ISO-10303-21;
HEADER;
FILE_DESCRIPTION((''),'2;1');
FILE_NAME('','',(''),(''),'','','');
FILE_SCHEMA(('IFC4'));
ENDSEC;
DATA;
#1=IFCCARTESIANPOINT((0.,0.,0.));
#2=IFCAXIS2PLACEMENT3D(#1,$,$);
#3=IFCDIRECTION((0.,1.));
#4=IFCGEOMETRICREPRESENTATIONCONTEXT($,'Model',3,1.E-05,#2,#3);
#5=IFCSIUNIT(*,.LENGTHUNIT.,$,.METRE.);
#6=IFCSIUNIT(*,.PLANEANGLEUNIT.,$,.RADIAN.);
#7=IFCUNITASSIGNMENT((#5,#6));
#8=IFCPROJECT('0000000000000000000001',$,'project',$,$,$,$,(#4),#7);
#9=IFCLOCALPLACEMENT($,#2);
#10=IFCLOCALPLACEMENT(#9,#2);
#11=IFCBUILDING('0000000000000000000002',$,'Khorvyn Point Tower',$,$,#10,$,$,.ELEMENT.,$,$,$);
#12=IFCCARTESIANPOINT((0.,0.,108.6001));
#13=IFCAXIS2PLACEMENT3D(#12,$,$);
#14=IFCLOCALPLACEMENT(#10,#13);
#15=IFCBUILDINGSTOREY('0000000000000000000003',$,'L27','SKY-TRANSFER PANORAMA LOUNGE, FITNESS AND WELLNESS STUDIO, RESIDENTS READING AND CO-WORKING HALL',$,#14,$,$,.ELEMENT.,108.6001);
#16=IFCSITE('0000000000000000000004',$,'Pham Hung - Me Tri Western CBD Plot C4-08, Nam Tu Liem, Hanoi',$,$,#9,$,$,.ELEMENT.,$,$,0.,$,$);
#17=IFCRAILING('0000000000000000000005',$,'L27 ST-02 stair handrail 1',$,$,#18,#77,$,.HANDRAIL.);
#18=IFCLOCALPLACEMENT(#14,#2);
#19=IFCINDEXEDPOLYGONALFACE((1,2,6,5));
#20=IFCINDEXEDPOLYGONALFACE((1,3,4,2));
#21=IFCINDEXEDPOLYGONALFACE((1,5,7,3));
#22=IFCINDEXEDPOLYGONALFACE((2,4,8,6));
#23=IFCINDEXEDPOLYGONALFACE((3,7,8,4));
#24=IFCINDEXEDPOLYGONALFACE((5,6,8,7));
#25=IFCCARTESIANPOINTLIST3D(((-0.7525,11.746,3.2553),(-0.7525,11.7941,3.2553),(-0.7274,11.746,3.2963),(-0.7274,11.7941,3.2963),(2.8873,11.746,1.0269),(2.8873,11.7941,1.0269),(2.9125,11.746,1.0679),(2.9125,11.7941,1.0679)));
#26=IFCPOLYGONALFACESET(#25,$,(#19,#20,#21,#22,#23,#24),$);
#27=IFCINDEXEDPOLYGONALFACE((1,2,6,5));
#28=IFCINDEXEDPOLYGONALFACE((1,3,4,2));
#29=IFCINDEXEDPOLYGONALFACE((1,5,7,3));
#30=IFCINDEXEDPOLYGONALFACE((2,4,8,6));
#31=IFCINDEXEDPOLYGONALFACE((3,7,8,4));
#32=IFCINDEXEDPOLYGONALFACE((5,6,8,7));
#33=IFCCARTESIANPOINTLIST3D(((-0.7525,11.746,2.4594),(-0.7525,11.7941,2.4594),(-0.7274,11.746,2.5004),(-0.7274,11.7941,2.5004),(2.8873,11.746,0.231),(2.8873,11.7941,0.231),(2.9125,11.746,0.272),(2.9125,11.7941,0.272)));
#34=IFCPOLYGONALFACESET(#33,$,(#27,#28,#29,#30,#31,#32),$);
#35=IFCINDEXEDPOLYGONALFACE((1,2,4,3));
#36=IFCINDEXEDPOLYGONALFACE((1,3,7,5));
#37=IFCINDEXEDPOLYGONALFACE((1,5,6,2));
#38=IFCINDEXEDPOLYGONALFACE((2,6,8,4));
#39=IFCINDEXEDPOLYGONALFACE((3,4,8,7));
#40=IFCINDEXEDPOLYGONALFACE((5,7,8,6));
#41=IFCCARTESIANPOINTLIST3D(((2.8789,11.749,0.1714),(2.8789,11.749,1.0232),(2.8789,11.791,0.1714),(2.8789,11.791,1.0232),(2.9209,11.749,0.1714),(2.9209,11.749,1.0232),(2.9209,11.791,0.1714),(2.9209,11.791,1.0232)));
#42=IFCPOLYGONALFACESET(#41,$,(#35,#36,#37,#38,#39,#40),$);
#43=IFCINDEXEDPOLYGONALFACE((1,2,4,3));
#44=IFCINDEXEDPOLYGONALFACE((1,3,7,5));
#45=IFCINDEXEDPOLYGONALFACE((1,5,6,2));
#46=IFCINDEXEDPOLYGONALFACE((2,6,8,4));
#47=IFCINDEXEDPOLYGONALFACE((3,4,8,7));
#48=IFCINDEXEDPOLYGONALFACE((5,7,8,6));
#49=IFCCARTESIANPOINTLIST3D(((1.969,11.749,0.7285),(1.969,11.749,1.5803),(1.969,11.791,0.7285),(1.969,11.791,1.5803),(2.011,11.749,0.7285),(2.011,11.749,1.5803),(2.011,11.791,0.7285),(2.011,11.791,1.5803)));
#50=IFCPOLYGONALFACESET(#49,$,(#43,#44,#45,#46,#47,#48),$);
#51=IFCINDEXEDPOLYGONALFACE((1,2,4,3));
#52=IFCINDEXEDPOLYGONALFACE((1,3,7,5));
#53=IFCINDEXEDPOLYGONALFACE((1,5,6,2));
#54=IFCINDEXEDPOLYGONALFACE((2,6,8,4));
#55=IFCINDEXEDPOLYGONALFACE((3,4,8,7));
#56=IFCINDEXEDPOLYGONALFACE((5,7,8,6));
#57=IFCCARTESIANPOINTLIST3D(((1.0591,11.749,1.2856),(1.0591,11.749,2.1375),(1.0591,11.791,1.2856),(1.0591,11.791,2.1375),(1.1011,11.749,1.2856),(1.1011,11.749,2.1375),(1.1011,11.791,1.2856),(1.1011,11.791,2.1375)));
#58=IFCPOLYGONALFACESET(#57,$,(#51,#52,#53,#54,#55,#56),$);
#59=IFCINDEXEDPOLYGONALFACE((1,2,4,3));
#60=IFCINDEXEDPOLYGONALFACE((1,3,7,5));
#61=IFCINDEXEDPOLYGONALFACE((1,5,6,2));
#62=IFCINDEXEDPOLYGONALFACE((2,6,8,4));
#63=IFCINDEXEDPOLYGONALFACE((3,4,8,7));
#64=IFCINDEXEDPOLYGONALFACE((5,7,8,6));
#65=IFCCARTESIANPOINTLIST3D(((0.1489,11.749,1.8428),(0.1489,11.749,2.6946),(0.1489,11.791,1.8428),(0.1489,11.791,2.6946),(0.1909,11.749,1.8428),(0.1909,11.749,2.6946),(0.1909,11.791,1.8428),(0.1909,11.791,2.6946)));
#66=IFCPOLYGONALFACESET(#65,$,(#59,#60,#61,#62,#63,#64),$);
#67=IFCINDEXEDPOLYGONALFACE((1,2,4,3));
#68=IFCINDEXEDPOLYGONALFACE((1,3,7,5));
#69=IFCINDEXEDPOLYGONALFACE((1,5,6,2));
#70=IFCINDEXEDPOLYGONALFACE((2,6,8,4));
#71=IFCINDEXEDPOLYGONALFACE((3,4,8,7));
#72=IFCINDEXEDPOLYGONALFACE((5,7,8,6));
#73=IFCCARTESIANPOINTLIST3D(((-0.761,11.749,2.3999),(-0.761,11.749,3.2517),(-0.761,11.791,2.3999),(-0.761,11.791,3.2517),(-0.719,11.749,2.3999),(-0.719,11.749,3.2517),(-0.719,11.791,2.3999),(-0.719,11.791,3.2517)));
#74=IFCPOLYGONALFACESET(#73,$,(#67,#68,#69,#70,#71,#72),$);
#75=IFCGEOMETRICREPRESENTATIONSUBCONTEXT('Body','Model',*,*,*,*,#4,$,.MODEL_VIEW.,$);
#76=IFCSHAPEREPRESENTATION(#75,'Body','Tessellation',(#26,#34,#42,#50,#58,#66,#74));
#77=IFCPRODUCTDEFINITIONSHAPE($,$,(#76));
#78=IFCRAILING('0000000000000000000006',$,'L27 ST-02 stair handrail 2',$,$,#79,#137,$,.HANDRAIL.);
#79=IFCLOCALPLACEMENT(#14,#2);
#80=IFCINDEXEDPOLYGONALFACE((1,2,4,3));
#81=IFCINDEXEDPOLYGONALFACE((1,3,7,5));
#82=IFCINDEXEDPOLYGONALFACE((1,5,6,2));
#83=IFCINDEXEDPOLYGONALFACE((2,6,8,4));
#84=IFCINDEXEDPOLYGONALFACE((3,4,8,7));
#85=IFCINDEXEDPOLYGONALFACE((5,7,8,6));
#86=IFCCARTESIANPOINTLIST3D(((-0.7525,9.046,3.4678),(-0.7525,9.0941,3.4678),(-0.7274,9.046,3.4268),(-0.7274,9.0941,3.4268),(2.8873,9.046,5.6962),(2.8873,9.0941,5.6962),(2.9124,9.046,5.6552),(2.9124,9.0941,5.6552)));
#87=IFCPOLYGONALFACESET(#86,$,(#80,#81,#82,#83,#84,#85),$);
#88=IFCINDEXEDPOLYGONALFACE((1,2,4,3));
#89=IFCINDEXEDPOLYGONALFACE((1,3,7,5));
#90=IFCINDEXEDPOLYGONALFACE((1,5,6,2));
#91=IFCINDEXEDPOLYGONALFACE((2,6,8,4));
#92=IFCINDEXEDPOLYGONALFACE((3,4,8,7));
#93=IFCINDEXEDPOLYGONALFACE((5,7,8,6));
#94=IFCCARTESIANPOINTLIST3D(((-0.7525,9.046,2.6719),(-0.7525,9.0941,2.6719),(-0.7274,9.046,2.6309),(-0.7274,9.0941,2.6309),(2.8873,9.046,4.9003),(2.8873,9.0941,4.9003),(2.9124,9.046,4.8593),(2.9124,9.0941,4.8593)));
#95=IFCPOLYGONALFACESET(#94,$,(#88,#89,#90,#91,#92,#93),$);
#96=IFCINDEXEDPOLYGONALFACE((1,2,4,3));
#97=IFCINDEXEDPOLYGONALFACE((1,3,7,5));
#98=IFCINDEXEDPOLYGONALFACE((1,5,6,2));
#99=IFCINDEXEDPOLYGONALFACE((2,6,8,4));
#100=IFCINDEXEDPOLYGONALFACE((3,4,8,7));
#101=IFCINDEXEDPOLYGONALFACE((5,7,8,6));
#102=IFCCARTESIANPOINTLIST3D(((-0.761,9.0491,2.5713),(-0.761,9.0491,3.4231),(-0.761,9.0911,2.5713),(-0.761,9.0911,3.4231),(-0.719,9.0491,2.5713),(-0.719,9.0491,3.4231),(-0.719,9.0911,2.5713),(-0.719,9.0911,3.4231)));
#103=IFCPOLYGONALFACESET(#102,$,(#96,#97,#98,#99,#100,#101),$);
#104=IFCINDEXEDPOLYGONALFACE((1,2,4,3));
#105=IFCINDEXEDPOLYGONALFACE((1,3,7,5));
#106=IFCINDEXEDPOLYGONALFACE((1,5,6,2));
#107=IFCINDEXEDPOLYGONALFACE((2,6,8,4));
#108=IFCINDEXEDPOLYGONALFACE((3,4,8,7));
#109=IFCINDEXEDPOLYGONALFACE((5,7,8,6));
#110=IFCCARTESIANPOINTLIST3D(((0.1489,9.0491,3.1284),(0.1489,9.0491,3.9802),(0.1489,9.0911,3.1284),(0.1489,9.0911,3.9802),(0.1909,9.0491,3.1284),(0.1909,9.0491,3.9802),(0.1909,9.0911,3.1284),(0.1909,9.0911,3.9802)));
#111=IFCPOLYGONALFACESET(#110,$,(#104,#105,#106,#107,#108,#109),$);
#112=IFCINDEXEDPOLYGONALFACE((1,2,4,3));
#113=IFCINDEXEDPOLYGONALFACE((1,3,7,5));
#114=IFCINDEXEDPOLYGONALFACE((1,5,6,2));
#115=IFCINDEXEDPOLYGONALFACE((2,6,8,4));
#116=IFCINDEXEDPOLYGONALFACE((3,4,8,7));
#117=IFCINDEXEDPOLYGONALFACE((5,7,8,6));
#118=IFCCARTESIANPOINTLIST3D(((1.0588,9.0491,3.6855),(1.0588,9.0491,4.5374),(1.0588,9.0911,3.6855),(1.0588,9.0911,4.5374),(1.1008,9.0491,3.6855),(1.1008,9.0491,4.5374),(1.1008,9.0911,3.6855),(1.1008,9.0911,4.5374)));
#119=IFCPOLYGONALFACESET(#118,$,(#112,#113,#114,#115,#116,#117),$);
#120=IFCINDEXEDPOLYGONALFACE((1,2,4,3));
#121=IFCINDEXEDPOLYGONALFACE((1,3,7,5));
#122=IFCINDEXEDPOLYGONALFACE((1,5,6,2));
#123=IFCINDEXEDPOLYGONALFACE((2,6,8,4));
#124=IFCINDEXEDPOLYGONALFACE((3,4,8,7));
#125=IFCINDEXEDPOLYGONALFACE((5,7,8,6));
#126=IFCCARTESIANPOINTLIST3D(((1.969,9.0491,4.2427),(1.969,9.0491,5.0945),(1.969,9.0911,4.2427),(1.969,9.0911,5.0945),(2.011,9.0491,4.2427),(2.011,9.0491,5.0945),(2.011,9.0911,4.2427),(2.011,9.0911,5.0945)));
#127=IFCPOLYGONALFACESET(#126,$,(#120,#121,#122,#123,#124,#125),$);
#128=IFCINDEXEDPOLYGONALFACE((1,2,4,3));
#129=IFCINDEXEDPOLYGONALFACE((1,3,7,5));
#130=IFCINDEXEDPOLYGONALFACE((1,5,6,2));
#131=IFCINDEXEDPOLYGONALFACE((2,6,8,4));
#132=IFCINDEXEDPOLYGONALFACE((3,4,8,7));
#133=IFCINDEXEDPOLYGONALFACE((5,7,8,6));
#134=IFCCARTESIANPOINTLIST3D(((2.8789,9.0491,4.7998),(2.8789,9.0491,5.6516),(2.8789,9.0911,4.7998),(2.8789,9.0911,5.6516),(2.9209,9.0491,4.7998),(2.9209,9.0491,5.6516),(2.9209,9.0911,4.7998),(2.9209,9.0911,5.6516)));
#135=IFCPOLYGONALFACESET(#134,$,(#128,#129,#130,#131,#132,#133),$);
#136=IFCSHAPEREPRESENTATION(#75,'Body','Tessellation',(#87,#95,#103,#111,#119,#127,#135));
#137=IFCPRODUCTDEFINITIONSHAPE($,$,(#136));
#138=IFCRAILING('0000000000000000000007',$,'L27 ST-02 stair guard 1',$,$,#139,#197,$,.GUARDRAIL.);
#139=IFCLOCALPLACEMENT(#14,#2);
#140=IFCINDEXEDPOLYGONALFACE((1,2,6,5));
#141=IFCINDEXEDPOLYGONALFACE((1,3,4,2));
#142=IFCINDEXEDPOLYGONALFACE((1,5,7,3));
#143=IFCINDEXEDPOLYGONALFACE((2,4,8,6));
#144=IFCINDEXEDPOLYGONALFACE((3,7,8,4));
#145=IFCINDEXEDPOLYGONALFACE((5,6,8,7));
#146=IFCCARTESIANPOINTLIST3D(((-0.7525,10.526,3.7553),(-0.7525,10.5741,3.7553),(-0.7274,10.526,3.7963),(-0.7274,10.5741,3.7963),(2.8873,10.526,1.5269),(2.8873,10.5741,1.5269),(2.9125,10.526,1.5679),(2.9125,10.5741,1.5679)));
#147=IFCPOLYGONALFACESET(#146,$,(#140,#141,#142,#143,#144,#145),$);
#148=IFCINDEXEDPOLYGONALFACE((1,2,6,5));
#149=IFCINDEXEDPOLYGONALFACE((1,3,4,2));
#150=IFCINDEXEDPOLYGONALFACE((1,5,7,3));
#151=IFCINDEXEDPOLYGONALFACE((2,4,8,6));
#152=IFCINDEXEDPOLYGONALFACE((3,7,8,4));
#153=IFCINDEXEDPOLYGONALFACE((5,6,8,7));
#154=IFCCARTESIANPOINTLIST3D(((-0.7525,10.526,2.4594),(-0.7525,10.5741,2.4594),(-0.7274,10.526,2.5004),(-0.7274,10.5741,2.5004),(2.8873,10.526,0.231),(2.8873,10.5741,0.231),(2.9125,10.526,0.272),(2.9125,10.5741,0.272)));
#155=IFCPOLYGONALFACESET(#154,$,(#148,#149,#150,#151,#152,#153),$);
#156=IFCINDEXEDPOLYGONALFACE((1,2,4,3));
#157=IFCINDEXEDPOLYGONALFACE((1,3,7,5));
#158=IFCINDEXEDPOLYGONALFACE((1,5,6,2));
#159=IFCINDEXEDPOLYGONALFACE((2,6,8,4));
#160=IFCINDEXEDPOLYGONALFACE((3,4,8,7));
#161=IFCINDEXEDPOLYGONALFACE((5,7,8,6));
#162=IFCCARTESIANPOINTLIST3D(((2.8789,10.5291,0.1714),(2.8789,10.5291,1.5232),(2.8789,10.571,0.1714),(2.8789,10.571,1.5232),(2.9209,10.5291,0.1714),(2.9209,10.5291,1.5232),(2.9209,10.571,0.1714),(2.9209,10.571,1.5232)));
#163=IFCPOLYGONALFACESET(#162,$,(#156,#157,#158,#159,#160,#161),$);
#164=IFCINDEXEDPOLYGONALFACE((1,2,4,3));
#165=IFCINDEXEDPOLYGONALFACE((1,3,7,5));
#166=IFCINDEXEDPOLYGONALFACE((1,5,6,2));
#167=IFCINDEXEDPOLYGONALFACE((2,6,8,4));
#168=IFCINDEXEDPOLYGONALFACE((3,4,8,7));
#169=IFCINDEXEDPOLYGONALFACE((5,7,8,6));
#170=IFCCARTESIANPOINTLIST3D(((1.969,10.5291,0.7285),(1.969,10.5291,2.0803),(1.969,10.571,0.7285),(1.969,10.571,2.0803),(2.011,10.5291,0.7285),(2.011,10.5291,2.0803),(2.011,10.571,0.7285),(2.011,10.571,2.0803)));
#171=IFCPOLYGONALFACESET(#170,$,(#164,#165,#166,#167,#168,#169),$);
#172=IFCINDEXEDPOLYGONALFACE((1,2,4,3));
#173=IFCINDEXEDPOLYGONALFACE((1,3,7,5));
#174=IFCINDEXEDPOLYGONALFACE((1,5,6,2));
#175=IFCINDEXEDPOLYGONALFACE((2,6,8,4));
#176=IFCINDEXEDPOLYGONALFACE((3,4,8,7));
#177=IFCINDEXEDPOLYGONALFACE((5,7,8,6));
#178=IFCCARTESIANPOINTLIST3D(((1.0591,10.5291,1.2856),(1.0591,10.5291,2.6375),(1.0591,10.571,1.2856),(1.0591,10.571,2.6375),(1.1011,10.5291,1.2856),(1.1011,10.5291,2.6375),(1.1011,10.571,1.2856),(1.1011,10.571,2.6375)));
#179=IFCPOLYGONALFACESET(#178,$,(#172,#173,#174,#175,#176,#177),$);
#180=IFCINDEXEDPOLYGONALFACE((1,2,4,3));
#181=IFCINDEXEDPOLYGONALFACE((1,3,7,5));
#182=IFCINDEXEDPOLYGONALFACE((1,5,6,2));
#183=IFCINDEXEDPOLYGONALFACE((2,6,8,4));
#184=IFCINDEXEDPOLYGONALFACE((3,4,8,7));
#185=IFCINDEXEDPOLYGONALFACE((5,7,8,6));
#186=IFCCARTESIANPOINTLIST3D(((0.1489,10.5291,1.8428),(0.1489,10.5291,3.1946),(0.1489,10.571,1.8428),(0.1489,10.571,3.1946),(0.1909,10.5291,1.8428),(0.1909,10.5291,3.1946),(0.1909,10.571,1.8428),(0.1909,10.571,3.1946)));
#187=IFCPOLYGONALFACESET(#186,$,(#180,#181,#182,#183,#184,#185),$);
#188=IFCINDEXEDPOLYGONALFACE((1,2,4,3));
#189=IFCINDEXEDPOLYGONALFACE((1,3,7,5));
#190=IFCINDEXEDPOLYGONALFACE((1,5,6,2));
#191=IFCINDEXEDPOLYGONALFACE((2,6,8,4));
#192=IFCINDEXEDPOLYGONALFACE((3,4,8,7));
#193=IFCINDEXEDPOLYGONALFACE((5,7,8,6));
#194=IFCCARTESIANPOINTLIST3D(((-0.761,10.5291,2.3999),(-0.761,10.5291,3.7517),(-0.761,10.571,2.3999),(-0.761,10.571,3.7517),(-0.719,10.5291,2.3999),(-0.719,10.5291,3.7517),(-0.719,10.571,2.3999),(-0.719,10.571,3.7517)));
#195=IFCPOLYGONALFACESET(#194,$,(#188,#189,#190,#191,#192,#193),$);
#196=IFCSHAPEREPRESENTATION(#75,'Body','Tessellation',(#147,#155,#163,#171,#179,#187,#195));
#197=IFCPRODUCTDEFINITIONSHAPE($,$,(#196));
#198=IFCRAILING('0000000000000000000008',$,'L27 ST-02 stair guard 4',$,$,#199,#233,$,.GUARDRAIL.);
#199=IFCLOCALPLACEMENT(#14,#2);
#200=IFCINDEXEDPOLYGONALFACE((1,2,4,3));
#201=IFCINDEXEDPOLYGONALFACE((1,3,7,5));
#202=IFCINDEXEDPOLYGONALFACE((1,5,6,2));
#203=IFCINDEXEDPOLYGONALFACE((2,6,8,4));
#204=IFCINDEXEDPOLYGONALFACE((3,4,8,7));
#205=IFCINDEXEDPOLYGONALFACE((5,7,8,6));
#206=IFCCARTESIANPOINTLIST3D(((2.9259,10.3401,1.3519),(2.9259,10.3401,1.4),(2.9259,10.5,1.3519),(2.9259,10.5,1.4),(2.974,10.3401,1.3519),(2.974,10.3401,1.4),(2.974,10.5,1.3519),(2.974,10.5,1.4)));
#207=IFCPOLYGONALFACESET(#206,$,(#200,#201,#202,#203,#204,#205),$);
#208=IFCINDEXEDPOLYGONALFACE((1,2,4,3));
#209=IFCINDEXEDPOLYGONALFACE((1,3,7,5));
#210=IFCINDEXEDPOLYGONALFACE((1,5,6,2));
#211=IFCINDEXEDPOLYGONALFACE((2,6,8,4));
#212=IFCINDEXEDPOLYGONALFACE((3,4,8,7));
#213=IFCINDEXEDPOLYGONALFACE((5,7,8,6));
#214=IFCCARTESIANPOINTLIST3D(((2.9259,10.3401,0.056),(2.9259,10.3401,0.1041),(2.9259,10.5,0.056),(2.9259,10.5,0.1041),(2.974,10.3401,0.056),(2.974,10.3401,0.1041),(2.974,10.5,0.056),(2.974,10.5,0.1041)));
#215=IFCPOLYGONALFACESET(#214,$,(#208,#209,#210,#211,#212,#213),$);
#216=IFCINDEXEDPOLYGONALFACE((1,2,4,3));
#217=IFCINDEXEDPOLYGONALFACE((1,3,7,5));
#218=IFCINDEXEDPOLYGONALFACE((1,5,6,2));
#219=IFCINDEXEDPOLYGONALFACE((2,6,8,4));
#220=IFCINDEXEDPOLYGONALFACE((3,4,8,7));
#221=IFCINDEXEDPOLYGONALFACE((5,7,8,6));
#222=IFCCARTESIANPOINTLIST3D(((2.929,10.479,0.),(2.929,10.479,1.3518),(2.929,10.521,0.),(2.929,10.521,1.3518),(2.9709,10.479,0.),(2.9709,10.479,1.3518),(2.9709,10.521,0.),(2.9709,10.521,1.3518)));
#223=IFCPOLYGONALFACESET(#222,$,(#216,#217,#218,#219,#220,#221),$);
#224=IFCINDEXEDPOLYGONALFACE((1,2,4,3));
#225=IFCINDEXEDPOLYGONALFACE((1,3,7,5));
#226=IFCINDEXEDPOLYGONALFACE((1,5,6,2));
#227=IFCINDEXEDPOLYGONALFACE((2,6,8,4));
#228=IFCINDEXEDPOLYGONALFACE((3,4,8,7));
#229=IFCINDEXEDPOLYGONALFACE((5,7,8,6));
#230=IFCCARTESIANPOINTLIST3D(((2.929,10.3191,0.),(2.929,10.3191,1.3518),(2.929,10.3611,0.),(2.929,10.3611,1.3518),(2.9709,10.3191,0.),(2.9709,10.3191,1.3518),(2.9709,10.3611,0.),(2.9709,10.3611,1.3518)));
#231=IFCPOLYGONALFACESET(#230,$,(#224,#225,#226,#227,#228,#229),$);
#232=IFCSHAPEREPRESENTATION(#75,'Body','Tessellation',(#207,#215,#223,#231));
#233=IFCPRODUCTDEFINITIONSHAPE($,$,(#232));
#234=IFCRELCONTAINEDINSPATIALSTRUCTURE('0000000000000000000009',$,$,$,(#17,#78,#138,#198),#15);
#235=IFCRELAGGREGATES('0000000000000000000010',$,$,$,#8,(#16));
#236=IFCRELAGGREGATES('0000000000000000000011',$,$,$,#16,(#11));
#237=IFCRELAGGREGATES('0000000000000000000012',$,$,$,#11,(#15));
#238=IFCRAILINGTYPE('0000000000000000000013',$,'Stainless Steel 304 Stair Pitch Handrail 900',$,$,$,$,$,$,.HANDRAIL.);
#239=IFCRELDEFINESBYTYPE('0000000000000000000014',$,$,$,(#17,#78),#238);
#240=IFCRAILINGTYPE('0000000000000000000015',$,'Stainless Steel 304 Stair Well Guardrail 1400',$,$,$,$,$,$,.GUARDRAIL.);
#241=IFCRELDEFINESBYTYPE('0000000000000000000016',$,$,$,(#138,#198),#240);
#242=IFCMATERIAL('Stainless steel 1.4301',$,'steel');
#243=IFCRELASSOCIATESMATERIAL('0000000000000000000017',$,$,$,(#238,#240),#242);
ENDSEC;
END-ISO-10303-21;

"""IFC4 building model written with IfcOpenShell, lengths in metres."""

from ifc_helpers import new_model, si_unit, direction, frame, origin, origin_2d, place, context, subcontext, project, spatial, rectangle, extrude, material, type_object, element, save


model = new_model("IFC4")

# Units and contexts
model_context = context("Model", 3, precision=1e-05, world=origin(), true_north=direction((0.0, 1.0)))
body_context = subcontext(model_context, "Body", "Model", "MODEL_VIEW")
ifc_project = project(units=[si_unit("LENGTHUNIT", "METRE"), si_unit("PLANEANGLEUNIT", "RADIAN")], contexts=[model_context])

# Site, building, storey
site_placement = place(None, origin())
site = spatial("IfcSite", under=ifc_project, at=site_placement, Name="Pham Hung - Me Tri Western CBD Plot C4-08, Nam Tu Liem, Hanoi", CompositionType="ELEMENT", RefElevation=0.0)
building_placement = place(site_placement, origin())
building = spatial("IfcBuilding", under=site, at=building_placement, Name="Khorvyn Point Tower", CompositionType="ELEMENT")
storey_placement = place(building_placement, frame((0.0, 0.0, 108.6001)))
storey = spatial("IfcBuildingStorey", under=building, at=storey_placement, Name="L27", Description="SKY-TRANSFER PANORAMA LOUNGE, FITNESS AND WELLNESS STUDIO, RESIDENTS READING AND CO-WORKING HALL", CompositionType="ELEMENT", Elevation=108.6001)

# Shared definitions
ifc_material_1 = material(Name="Stainless steel 1.4301", Category="steel")

# Railings
railing_type_1 = type_object("IfcRailingType", Name="Stainless Steel 304 Stair Pitch Handrail 900", PredefinedType="HANDRAIL", material=ifc_material_1)
railing_1_placement = place(storey_placement, frame((2.8999, 11.77, 0.1714)))
element("IfcRailing", 1, at=railing_1_placement, inside=storey, type_object=railing_type_1, Name="L27 ST-02 stair handrail 1", PredefinedType="HANDRAIL", context=body_context, shape_type="SweptSolid", body=[
    extrude(rectangle(XDim=0.0481, YDim=0.0481, at=origin_2d()), frame((0.0, 0.0, 0.876), z_axis=(-0.85285, 0.0, 0.522156), x_axis=(0.0, -1.0, 0.0)), (0.0, 0.0, 1.0), 4.2678),
    extrude(rectangle(XDim=0.0481, YDim=0.0481, at=origin_2d()), frame((0.0, 0.0, 0.0801), z_axis=(-0.85285, 0.0, 0.522156), x_axis=(0.0, -1.0, 0.0)), (0.0, 0.0, 1.0), 4.2678),
    extrude(rectangle(XDim=0.042, YDim=0.042, at=origin_2d()), origin(), (0.0, 0.0, 1.0), 0.8518),
    extrude(rectangle(XDim=0.042, YDim=0.042, at=origin_2d()), frame((-0.9099, 0.0, 0.5571)), (0.0, 0.0, 1.0), 0.8518),
    extrude(rectangle(XDim=0.042, YDim=0.042, at=origin_2d()), frame((-1.8198, 0.0, 1.1143)), (0.0, 0.0, 1.0), 0.8518),
    extrude(rectangle(XDim=0.042, YDim=0.042, at=origin_2d()), frame((-2.73, 0.0, 1.6714)), (0.0, 0.0, 1.0), 0.8518),
    extrude(rectangle(XDim=0.042, YDim=0.042, at=origin_2d()), frame((-3.6399, 0.0, 2.2285)), (0.0, 0.0, 1.0), 0.8518),
])
railing_2_placement = place(storey_placement, frame((-0.74, 9.0701, 2.5713)))
element("IfcRailing", 2, at=railing_2_placement, inside=storey, type_object=railing_type_1, Name="L27 ST-02 stair handrail 2", PredefinedType="HANDRAIL", context=body_context, shape_type="SweptSolid", body=[
    extrude(rectangle(XDim=0.0481, YDim=0.0481, at=origin_2d()), frame((0.0, 0.0, 0.876), z_axis=(0.85285, 0.0, 0.522156), x_axis=(0.0, 1.0, 0.0)), (0.0, 0.0, 1.0), 4.2678),
    extrude(rectangle(XDim=0.0481, YDim=0.0481, at=origin_2d()), frame((0.0, 0.0, 0.0801), z_axis=(0.85285, 0.0, 0.522156), x_axis=(0.0, 1.0, 0.0)), (0.0, 0.0, 1.0), 4.2678),
    extrude(rectangle(XDim=0.042, YDim=0.042, at=origin_2d()), origin(), (0.0, 0.0, 1.0), 0.8518),
    extrude(rectangle(XDim=0.042, YDim=0.042, at=origin_2d()), frame((0.9099, 0.0, 0.5571)), (0.0, 0.0, 1.0), 0.8518),
    extrude(rectangle(XDim=0.042, YDim=0.042, at=origin_2d()), frame((1.8198, 0.0, 1.1143)), (0.0, 0.0, 1.0), 0.8518),
    extrude(rectangle(XDim=0.042, YDim=0.042, at=origin_2d()), frame((2.73, 0.0, 1.6714)), (0.0, 0.0, 1.0), 0.8518),
    extrude(rectangle(XDim=0.042, YDim=0.042, at=origin_2d()), frame((3.6399, 0.0, 2.2285)), (0.0, 0.0, 1.0), 0.8518),
])
railing_type_2 = type_object("IfcRailingType", Name="Stainless Steel 304 Stair Well Guardrail 1400", PredefinedType="GUARDRAIL", material=ifc_material_1)
railing_3_placement = place(storey_placement, frame((2.8999, 10.55, 0.1714)))
element("IfcRailing", 3, at=railing_3_placement, inside=storey, type_object=railing_type_2, Name="L27 ST-02 stair guard 1", PredefinedType="GUARDRAIL", context=body_context, shape_type="SweptSolid", body=[
    extrude(rectangle(XDim=0.0481, YDim=0.0481, at=origin_2d()), frame((0.0, 0.0, 1.376), z_axis=(-0.85285, 0.0, 0.522156), x_axis=(0.0, -1.0, 0.0)), (0.0, 0.0, 1.0), 4.2678),
    extrude(rectangle(XDim=0.0481, YDim=0.0481, at=origin_2d()), frame((0.0, 0.0, 0.0801), z_axis=(-0.85285, 0.0, 0.522156), x_axis=(0.0, -1.0, 0.0)), (0.0, 0.0, 1.0), 4.2678),
    extrude(rectangle(XDim=0.042, YDim=0.042, at=origin_2d()), origin(), (0.0, 0.0, 1.0), 1.3518),
    extrude(rectangle(XDim=0.042, YDim=0.042, at=origin_2d()), frame((-0.9099, 0.0, 0.5571)), (0.0, 0.0, 1.0), 1.3518),
    extrude(rectangle(XDim=0.042, YDim=0.042, at=origin_2d()), frame((-1.8198, 0.0, 1.1143)), (0.0, 0.0, 1.0), 1.3518),
    extrude(rectangle(XDim=0.042, YDim=0.042, at=origin_2d()), frame((-2.73, 0.0, 1.6714)), (0.0, 0.0, 1.0), 1.3518),
    extrude(rectangle(XDim=0.042, YDim=0.042, at=origin_2d()), frame((-3.6399, 0.0, 2.2285)), (0.0, 0.0, 1.0), 1.3518),
])
railing_4_placement = place(storey_placement, frame((2.95, 10.5, 0.0)))
element("IfcRailing", 4, at=railing_4_placement, inside=storey, type_object=railing_type_2, Name="L27 ST-02 stair guard 4", PredefinedType="GUARDRAIL", context=body_context, shape_type="SweptSolid", body=[
    extrude(rectangle(XDim=0.0481, YDim=0.0481, at=origin_2d()), frame((0.0, 0.0, 1.376), z_axis=(0.0, -1.0, 0.0), x_axis=(1.0, 0.0, 0.0)), (0.0, 0.0, 1.0), 0.1599),
    extrude(rectangle(XDim=0.0481, YDim=0.0481, at=origin_2d()), frame((0.0, 0.0, 0.0801), z_axis=(0.0, -1.0, 0.0), x_axis=(1.0, 0.0, 0.0)), (0.0, 0.0, 1.0), 0.1599),
    extrude(rectangle(XDim=0.042, YDim=0.042, at=origin_2d()), origin(), (0.0, 0.0, 1.0), 1.3518),
    extrude(rectangle(XDim=0.042, YDim=0.042, at=origin_2d()), frame((0.0, -0.1599, 0.0)), (0.0, 0.0, 1.0), 1.3518),
])

save(model, "model.ifc")
